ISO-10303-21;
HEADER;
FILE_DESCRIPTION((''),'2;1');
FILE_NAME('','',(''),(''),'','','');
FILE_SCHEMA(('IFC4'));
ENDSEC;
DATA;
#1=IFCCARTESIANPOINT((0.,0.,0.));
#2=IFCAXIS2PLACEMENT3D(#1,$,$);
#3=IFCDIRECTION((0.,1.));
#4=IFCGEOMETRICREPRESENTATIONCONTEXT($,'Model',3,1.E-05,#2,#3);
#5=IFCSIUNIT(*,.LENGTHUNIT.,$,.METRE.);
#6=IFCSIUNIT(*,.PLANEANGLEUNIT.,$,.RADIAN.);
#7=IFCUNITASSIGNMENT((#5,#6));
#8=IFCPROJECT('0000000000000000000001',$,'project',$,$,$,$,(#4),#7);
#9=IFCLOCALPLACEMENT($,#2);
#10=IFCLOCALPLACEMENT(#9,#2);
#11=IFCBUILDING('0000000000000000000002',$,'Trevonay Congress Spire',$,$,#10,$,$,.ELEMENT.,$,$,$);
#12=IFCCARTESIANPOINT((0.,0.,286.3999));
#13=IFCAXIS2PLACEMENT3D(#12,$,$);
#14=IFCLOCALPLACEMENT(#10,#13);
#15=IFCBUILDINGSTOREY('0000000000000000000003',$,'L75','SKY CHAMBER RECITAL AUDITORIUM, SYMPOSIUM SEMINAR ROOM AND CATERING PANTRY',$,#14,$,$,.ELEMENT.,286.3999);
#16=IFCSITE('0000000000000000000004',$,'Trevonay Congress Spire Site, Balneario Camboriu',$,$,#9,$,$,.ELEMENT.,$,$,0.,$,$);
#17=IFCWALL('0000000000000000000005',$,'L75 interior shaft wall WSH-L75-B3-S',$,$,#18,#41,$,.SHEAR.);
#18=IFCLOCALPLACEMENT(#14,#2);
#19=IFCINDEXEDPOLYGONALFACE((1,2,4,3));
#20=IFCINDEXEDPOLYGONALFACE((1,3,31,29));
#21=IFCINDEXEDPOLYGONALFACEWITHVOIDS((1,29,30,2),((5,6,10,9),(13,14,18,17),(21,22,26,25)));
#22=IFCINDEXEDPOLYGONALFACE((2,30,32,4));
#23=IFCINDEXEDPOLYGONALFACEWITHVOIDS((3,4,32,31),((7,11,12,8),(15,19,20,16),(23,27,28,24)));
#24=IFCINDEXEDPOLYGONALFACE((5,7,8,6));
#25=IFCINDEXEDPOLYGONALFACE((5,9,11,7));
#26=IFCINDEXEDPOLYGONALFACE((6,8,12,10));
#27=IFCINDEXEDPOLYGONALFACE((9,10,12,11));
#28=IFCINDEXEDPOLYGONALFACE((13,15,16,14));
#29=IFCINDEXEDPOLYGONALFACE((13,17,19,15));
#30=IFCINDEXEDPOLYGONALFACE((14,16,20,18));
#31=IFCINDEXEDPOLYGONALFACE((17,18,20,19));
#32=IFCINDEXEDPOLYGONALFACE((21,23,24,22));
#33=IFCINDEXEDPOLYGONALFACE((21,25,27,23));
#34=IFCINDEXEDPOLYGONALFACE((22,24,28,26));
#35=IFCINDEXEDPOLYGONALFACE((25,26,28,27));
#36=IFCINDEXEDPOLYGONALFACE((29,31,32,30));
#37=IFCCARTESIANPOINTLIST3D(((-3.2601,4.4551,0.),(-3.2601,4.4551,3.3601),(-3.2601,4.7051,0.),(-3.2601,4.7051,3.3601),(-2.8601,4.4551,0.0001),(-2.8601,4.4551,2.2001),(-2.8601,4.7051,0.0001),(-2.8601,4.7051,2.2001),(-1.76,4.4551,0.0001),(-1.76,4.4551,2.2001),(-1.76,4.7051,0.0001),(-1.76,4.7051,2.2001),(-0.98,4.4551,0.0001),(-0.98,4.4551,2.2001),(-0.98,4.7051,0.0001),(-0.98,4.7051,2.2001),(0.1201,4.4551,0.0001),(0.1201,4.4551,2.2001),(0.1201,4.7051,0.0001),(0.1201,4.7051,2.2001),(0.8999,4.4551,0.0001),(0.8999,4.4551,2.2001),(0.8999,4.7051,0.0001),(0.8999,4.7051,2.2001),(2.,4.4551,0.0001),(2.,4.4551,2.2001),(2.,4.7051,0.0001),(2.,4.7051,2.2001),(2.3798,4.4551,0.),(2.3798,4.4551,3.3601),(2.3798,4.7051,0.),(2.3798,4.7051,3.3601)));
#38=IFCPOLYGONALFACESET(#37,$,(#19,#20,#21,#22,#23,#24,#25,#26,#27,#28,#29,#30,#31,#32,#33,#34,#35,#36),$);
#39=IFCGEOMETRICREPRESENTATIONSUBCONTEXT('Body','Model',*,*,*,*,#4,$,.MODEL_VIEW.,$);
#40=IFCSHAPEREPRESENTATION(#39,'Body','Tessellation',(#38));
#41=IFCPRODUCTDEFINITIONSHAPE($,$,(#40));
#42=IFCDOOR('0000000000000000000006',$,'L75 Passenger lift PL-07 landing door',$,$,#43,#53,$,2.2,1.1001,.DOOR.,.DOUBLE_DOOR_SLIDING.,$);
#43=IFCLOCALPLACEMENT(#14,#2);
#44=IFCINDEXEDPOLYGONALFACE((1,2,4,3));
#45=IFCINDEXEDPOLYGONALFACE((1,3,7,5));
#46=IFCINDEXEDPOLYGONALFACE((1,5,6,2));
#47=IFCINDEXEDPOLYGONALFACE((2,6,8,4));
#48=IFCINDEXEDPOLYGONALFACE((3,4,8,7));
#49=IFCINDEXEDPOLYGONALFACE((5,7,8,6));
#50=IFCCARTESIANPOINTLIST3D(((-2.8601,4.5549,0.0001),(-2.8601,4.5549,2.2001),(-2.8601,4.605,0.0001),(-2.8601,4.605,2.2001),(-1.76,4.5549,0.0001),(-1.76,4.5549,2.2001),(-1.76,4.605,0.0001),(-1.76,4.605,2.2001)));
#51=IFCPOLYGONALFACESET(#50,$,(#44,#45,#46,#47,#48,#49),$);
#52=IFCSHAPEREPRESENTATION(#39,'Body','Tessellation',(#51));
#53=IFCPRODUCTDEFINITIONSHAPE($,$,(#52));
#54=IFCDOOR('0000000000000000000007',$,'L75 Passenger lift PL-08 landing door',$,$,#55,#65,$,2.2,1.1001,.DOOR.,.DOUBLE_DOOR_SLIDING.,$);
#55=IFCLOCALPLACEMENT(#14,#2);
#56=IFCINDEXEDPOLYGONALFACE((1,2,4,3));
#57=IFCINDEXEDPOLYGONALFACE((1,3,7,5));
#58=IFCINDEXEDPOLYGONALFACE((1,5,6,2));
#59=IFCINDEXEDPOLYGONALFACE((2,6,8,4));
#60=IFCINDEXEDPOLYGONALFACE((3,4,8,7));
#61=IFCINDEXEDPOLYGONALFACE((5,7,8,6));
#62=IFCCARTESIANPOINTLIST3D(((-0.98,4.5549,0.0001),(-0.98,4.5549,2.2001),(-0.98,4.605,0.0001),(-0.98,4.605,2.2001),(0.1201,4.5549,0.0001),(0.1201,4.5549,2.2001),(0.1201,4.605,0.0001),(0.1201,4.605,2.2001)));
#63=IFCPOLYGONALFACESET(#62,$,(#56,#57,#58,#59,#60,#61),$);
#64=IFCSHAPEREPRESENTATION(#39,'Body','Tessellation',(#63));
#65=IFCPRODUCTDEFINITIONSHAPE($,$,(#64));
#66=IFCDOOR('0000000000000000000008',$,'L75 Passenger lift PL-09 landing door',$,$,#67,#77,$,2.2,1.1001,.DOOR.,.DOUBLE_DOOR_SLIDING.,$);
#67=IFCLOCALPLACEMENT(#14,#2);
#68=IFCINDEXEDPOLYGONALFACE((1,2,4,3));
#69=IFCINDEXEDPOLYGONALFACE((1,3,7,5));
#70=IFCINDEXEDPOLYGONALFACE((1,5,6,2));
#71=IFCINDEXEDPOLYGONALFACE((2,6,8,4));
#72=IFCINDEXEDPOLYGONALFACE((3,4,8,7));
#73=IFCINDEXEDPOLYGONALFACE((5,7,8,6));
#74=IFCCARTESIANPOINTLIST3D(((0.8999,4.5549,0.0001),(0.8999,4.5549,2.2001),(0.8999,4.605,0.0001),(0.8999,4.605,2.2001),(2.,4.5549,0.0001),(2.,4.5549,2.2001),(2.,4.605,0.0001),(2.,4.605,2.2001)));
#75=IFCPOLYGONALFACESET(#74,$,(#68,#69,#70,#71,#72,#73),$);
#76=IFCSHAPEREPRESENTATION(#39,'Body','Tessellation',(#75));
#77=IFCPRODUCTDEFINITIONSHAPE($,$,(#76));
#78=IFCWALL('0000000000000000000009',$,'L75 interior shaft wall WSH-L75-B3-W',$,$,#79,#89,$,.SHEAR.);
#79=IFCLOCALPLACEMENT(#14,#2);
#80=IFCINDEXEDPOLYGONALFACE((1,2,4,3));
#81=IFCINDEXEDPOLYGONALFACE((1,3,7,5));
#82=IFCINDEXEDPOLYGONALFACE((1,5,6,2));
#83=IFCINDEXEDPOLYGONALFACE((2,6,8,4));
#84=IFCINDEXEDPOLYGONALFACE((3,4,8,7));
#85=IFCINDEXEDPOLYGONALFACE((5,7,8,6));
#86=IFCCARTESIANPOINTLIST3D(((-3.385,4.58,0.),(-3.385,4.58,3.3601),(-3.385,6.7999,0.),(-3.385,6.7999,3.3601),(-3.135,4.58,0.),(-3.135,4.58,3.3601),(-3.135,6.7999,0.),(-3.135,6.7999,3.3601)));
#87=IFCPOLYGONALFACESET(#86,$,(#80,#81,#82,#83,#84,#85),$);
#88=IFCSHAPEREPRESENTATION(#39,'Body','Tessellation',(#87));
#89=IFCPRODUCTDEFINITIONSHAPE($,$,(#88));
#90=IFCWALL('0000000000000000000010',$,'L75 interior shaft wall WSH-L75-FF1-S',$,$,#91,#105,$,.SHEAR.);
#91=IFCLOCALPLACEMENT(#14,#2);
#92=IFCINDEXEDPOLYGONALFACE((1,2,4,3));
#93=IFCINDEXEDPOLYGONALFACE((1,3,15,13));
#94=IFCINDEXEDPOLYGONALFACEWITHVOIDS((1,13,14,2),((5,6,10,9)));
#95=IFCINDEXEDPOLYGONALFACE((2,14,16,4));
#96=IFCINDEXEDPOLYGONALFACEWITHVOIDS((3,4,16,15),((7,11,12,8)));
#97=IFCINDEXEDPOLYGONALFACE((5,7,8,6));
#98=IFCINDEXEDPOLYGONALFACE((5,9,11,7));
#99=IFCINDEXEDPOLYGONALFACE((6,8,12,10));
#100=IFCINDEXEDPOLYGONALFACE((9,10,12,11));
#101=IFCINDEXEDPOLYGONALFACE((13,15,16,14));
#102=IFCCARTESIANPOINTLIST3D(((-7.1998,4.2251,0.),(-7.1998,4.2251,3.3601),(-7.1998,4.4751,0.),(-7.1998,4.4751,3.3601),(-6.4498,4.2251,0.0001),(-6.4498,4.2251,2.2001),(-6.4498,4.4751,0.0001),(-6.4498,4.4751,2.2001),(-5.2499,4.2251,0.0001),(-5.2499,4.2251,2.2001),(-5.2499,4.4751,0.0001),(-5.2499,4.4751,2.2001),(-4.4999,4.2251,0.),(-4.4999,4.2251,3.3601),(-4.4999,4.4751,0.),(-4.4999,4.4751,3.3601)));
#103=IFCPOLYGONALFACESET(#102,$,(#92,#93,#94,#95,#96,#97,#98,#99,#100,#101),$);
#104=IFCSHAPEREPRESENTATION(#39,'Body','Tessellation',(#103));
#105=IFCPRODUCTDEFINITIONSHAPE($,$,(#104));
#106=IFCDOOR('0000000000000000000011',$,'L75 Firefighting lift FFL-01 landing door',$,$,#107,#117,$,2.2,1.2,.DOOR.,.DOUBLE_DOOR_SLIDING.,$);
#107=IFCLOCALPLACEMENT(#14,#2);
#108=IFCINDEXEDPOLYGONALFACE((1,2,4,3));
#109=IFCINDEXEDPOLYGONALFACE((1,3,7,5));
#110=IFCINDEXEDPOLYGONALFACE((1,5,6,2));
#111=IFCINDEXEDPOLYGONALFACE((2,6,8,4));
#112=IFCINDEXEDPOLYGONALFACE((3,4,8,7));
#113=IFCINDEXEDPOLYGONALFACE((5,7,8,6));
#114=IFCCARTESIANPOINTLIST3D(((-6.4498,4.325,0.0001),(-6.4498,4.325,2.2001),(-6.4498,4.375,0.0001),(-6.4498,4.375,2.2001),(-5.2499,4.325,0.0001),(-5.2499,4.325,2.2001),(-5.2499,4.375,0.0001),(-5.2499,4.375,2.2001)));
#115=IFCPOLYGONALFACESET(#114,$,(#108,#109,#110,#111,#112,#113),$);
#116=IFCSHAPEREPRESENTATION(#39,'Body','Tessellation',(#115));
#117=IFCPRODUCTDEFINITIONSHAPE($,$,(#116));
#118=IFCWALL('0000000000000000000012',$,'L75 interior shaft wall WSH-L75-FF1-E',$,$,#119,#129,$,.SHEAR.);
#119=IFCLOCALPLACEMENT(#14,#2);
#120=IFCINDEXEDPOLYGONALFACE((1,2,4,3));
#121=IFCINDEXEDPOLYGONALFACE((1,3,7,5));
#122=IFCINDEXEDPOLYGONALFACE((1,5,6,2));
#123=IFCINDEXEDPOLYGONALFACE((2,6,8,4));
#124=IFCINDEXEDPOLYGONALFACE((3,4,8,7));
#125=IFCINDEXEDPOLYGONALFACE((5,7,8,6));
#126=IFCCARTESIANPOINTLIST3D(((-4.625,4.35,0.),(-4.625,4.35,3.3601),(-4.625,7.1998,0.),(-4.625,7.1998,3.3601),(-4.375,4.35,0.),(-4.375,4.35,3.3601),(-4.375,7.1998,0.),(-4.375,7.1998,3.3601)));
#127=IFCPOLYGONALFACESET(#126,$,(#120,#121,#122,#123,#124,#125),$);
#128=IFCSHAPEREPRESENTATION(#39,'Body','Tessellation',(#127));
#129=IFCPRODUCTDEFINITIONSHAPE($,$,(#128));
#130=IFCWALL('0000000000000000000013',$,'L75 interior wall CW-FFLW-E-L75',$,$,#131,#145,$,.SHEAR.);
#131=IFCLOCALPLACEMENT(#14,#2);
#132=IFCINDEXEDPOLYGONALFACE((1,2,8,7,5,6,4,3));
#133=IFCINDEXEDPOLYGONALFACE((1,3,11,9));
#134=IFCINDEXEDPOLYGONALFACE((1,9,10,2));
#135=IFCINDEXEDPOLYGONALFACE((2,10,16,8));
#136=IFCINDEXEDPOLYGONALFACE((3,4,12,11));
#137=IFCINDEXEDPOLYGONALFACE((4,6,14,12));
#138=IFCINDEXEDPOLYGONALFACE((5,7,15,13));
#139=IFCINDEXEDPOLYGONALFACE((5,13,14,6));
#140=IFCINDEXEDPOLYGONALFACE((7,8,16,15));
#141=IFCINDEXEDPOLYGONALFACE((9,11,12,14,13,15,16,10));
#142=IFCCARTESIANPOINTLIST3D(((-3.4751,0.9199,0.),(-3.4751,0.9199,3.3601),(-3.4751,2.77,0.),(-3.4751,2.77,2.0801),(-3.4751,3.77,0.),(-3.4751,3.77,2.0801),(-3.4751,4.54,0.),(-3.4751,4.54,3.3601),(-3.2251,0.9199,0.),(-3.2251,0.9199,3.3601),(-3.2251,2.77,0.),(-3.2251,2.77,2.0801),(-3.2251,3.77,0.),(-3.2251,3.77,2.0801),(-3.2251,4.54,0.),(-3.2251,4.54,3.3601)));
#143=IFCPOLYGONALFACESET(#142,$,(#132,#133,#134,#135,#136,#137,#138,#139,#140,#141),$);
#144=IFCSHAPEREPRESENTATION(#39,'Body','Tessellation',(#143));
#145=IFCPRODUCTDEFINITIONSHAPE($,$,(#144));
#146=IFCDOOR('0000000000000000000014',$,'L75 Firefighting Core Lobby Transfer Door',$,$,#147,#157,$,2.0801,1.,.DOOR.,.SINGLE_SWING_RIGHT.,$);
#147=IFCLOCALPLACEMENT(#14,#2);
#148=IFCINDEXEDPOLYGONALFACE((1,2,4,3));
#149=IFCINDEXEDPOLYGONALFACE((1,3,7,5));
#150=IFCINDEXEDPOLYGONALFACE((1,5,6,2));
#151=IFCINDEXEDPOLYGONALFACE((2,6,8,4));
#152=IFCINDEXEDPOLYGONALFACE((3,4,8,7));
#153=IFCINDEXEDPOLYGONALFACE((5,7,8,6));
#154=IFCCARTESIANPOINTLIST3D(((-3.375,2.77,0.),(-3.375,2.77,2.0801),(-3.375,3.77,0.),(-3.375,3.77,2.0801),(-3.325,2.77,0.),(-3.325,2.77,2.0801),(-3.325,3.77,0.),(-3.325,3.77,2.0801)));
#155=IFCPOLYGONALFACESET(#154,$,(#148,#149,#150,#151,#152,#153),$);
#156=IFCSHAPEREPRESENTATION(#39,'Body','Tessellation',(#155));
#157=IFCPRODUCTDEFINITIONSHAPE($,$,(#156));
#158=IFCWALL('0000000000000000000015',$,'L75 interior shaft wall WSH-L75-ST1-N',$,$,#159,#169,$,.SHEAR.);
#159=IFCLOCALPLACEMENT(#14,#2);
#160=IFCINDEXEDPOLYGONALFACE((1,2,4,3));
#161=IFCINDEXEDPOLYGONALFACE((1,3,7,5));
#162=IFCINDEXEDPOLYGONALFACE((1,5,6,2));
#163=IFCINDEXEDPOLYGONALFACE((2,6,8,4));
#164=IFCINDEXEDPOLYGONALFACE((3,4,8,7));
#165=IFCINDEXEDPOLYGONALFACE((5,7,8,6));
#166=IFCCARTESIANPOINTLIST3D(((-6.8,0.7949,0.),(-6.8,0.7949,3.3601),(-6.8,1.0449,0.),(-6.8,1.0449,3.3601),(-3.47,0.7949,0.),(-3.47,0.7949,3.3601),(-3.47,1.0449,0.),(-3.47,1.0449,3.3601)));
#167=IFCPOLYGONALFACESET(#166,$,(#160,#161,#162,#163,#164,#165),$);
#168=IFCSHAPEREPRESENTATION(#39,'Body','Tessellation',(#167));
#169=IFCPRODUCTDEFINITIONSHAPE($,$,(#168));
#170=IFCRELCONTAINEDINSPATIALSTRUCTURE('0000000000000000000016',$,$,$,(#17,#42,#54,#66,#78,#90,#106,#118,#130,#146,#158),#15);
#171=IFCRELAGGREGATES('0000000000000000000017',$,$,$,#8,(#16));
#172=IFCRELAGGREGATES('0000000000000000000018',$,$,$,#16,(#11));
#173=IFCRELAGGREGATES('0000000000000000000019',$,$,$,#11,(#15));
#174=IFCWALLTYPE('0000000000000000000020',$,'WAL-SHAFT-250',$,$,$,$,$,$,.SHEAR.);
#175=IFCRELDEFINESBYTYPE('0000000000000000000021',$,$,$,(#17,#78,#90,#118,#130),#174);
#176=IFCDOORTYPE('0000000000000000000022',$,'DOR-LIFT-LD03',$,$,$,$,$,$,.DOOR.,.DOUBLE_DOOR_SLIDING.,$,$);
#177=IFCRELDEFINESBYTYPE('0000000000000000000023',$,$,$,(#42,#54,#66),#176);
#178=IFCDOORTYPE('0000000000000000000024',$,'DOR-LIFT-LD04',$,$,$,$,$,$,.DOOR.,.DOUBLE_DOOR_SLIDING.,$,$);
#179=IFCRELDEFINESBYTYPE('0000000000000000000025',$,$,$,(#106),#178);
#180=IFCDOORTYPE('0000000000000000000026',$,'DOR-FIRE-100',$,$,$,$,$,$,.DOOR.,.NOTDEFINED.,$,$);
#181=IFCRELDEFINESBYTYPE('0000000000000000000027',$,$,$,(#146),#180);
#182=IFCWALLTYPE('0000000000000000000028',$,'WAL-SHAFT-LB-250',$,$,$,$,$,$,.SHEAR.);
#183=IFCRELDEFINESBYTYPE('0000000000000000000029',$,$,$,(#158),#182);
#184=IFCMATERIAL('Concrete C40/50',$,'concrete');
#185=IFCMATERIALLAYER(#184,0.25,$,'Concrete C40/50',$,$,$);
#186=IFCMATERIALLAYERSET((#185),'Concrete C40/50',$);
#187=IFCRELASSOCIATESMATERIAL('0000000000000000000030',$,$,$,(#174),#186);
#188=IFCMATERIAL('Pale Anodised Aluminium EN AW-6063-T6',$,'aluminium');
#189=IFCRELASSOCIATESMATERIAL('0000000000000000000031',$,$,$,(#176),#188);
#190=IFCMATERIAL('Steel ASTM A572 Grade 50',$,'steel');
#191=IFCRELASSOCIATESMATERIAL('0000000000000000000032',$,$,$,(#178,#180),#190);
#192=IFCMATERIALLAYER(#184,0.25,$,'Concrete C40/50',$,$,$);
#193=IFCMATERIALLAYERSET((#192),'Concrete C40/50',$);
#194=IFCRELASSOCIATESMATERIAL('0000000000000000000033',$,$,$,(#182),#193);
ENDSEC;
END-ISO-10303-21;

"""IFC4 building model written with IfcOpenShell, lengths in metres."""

from ifc_helpers import new_model, si_unit, direction, frame, frame_2d, origin, place, context, subcontext, project, spatial, rectangle, extrude, material, layer, layer_set, type_object, element, fill, save


model = new_model("IFC4")

# Units and contexts
model_context = context("Model", 3, precision=1e-05, world=origin(), true_north=direction((0.0, 1.0)))
body_context = subcontext(model_context, "Body", "Model", "MODEL_VIEW")
ifc_project = project(units=[si_unit("LENGTHUNIT", "METRE"), si_unit("PLANEANGLEUNIT", "RADIAN")], contexts=[model_context])

# Site, building, storey
site_placement = place(None, origin())
site = spatial("IfcSite", under=ifc_project, at=site_placement, Name="Trevonay Congress Spire Site, Balneario Camboriu", CompositionType="ELEMENT", RefElevation=0.0)
building_placement = place(site_placement, origin())
building = spatial("IfcBuilding", under=site, at=building_placement, Name="Trevonay Congress Spire", CompositionType="ELEMENT")
storey_placement = place(building_placement, frame((0.0, 0.0, 286.3999)))
storey = spatial("IfcBuildingStorey", under=building, at=storey_placement, Name="L75", Description="SKY CHAMBER RECITAL AUDITORIUM, SYMPOSIUM SEMINAR ROOM AND CATERING PANTRY", CompositionType="ELEMENT", Elevation=286.3999)

# Shared definitions
ifc_material_1 = material(Name="Steel ASTM A572 Grade 50", Category="steel")

# Shared definitions
ifc_material_2 = material(Name="Concrete C40/50", Category="concrete")

# Wall, openings, doors
ifc_layer_1 = layer(ifc_material_2, 0.25, Name="Concrete C40/50")
ifc_layer_set_1 = layer_set([ifc_layer_1], Name="Concrete C40/50")
wall_type_1 = type_object("IfcWallType", Name="WAL-SHAFT-250", PredefinedType="SHEAR", material=ifc_layer_set_1)
wall_1_placement = place(storey_placement, frame((-3.26, 4.5801, 0.0), z_axis=(0.0, 0.0, 1.0), x_axis=(1.0, 0.0, 0.0)))
wall_1 = element("IfcWall", 1, at=wall_1_placement, inside=storey, type_object=wall_type_1, Name="L75 interior shaft wall WSH-L75-B3-S", PredefinedType="SHEAR", context=body_context, shape_type="SweptSolid", body=[
    extrude(rectangle(XDim=5.6399, YDim=0.25, at=frame_2d((2.8198, 0.0))), origin(), (0.0, 0.0, 1.0), 3.3601),
])
opening_1_placement = place(wall_1_placement, frame((0.3999, 0.0, 0.0)))
opening_1 = element("IfcOpeningElement", 2, at=opening_1_placement, cuts=wall_1, PredefinedType="OPENING", context=body_context, shape_type="SweptSolid", body=[
    extrude(rectangle(XDim=1.1001, YDim=2.2, at=frame_2d((0.55, 1.1001))), frame((0.0, 0.135, 0.0), z_axis=(0.0, -1.0, 0.0), x_axis=(1.0, 0.0, 0.0)), (0.0, 0.0, 1.0), 0.27),
])
opening_2_placement = place(wall_1_placement, frame((2.28, 0.0, 0.0)))
opening_2 = element("IfcOpeningElement", 3, at=opening_2_placement, cuts=wall_1, PredefinedType="OPENING", context=body_context, shape_type="SweptSolid", body=[
    extrude(rectangle(XDim=1.1001, YDim=2.2, at=frame_2d((0.55, 1.1001))), frame((0.0, 0.135, 0.0), z_axis=(0.0, -1.0, 0.0), x_axis=(1.0, 0.0, 0.0)), (0.0, 0.0, 1.0), 0.27),
])
opening_3_placement = place(wall_1_placement, frame((4.1599, 0.0, 0.0)))
opening_3 = element("IfcOpeningElement", 4, at=opening_3_placement, cuts=wall_1, PredefinedType="OPENING", context=body_context, shape_type="SweptSolid", body=[
    extrude(rectangle(XDim=1.1001, YDim=2.2, at=frame_2d((0.55, 1.1001))), frame((0.0, 0.135, 0.0), z_axis=(0.0, -1.0, 0.0), x_axis=(1.0, 0.0, 0.0)), (0.0, 0.0, 1.0), 0.27),
])
ifc_material_3 = material(Name="Pale Anodised Aluminium EN AW-6063-T6", Category="aluminium")
door_type_1 = type_object("IfcDoorType", Name="DOR-LIFT-LD03", OperationType="DOUBLE_DOOR_SLIDING", PredefinedType="DOOR", material=ifc_material_3)
door_1_placement = place(opening_1_placement, origin())
door_1 = element("IfcDoor", 5, at=door_1_placement, inside=storey, type_object=door_type_1, Name="L75 Passenger lift PL-07 landing door", OperationType="DOUBLE_DOOR_SLIDING", OverallHeight=2.2, OverallWidth=1.1001, PredefinedType="DOOR", context=body_context, shape_type="SweptSolid", body=[
    extrude(rectangle(XDim=1.1001, YDim=2.2, at=frame_2d((0.55, 1.1001))), frame((0.0, 0.0249, 0.0), z_axis=(0.0, -1.0, 0.0), x_axis=(1.0, 0.0, 0.0)), (0.0, 0.0, 1.0), 0.05),
])
fill(opening_1, door_1)
door_2_placement = place(opening_2_placement, origin())
door_2 = element("IfcDoor", 6, at=door_2_placement, inside=storey, type_object=door_type_1, Name="L75 Passenger lift PL-08 landing door", OperationType="DOUBLE_DOOR_SLIDING", OverallHeight=2.2, OverallWidth=1.1001, PredefinedType="DOOR", context=body_context, shape_type="SweptSolid", body=[
    extrude(rectangle(XDim=1.1001, YDim=2.2, at=frame_2d((0.55, 1.1001))), frame((0.0, 0.0249, 0.0), z_axis=(0.0, -1.0, 0.0), x_axis=(1.0, 0.0, 0.0)), (0.0, 0.0, 1.0), 0.05),
])
fill(opening_2, door_2)
door_3_placement = place(opening_3_placement, origin())
door_3 = element("IfcDoor", 7, at=door_3_placement, inside=storey, type_object=door_type_1, Name="L75 Passenger lift PL-09 landing door", OperationType="DOUBLE_DOOR_SLIDING", OverallHeight=2.2, OverallWidth=1.1001, PredefinedType="DOOR", context=body_context, shape_type="SweptSolid", body=[
    extrude(rectangle(XDim=1.1001, YDim=2.2, at=frame_2d((0.55, 1.1001))), frame((0.0, 0.0249, 0.0), z_axis=(0.0, -1.0, 0.0), x_axis=(1.0, 0.0, 0.0)), (0.0, 0.0, 1.0), 0.05),
])
fill(opening_3, door_3)

# Wall
wall_2_placement = place(storey_placement, frame((-3.26, 4.5801, 0.0), z_axis=(0.0, 0.0, 1.0), x_axis=(0.0, 1.0, 0.0)))
element("IfcWall", 8, at=wall_2_placement, inside=storey, type_object=wall_type_1, Name="L75 interior shaft wall WSH-L75-B3-W", PredefinedType="SHEAR", context=body_context, shape_type="SweptSolid", body=[
    extrude(rectangle(XDim=2.22, YDim=0.25, at=frame_2d((1.1099, 0.0))), origin(), (0.0, 0.0, 1.0), 3.3601),
])

# Wall, opening, door
wall_3_placement = place(storey_placement, frame((-7.2, 4.3501, 0.0), z_axis=(0.0, 0.0, 1.0), x_axis=(1.0, 0.0, 0.0)))
wall_3 = element("IfcWall", 9, at=wall_3_placement, inside=storey, type_object=wall_type_1, Name="L75 interior shaft wall WSH-L75-FF1-S", PredefinedType="SHEAR", context=body_context, shape_type="SweptSolid", body=[
    extrude(rectangle(XDim=2.7, YDim=0.25, at=frame_2d((1.3501, 0.0))), origin(), (0.0, 0.0, 1.0), 3.3601),
])
opening_4_placement = place(wall_3_placement, frame((0.75, 0.0, 0.0)))
opening_4 = element("IfcOpeningElement", 10, at=opening_4_placement, cuts=wall_3, PredefinedType="OPENING", context=body_context, shape_type="SweptSolid", body=[
    extrude(rectangle(XDim=1.2, YDim=2.2, at=frame_2d((0.6001, 1.1001))), frame((0.0, 0.135, 0.0), z_axis=(0.0, -1.0, 0.0), x_axis=(1.0, 0.0, 0.0)), (0.0, 0.0, 1.0), 0.27),
])
door_type_2 = type_object("IfcDoorType", Name="DOR-LIFT-LD04", OperationType="DOUBLE_DOOR_SLIDING", PredefinedType="DOOR", material=ifc_material_1)
door_4_placement = place(opening_4_placement, origin())
door_4 = element("IfcDoor", 11, at=door_4_placement, inside=storey, type_object=door_type_2, Name="L75 Firefighting lift FFL-01 landing door", OperationType="DOUBLE_DOOR_SLIDING", OverallHeight=2.2, OverallWidth=1.2, PredefinedType="DOOR", context=body_context, shape_type="SweptSolid", body=[
    extrude(rectangle(XDim=1.2, YDim=2.2, at=frame_2d((0.6001, 1.1001))), frame((0.0, 0.0249, 0.0), z_axis=(0.0, -1.0, 0.0), x_axis=(1.0, 0.0, 0.0)), (0.0, 0.0, 1.0), 0.05),
])
fill(opening_4, door_4)

# Wall
wall_4_placement = place(storey_placement, frame((-4.5, 4.3501, 0.0), z_axis=(0.0, 0.0, 1.0), x_axis=(0.0, 1.0, 0.0)))
element("IfcWall", 12, at=wall_4_placement, inside=storey, type_object=wall_type_1, Name="L75 interior shaft wall WSH-L75-FF1-E", PredefinedType="SHEAR", context=body_context, shape_type="SweptSolid", body=[
    extrude(rectangle(XDim=2.8499, YDim=0.25, at=frame_2d((1.4248, 0.0))), origin(), (0.0, 0.0, 1.0), 3.3601),
])

# Wall, opening, door
wall_5_placement = place(storey_placement, frame((-3.3501, 0.9199, 0.0), z_axis=(0.0, 0.0, 1.0), x_axis=(0.0, 1.0, 0.0)))
wall_5 = element("IfcWall", 13, at=wall_5_placement, inside=storey, type_object=wall_type_1, Name="L75 interior wall CW-FFLW-E-L75", PredefinedType="SHEAR", context=body_context, shape_type="SweptSolid", body=[
    extrude(rectangle(XDim=3.6201, YDim=0.25, at=frame_2d((1.8101, 0.0))), origin(), (0.0, 0.0, 1.0), 3.3601),
])
opening_5_placement = place(wall_5_placement, frame((1.8501, 0.0, 0.0)))
opening_5 = element("IfcOpeningElement", 14, at=opening_5_placement, cuts=wall_5, PredefinedType="OPENING", context=body_context, shape_type="SweptSolid", body=[
    extrude(rectangle(XDim=1.0, YDim=2.0801, at=frame_2d((0.5, 1.04))), frame((0.0, 0.135, 0.0), z_axis=(0.0, -1.0, 0.0), x_axis=(1.0, 0.0, 0.0)), (0.0, 0.0, 1.0), 0.27),
])
door_type_3 = type_object("IfcDoorType", Name="DOR-FIRE-100", OperationType="NOTDEFINED", PredefinedType="DOOR", material=ifc_material_1)
door_5_placement = place(opening_5_placement, origin())
door_5 = element("IfcDoor", 15, at=door_5_placement, inside=storey, type_object=door_type_3, Name="L75 Firefighting Core Lobby Transfer Door", OperationType="SINGLE_SWING_RIGHT", OverallHeight=2.0801, OverallWidth=1.0, PredefinedType="DOOR", context=body_context, shape_type="SweptSolid", body=[
    extrude(rectangle(XDim=1.0, YDim=2.0801, at=frame_2d((0.5, 1.04))), frame((0.0, 0.0249, 0.0), z_axis=(0.0, -1.0, 0.0), x_axis=(1.0, 0.0, 0.0)), (0.0, 0.0, 1.0), 0.05),
])
fill(opening_5, door_5)

# Wall
ifc_layer_2 = layer(ifc_material_2, 0.25, Name="Concrete C40/50")
ifc_layer_set_2 = layer_set([ifc_layer_2], Name="Concrete C40/50")
wall_type_2 = type_object("IfcWallType", Name="WAL-SHAFT-LB-250", PredefinedType="SHEAR", material=ifc_layer_set_2)
wall_6_placement = place(storey_placement, frame((-6.8, 0.9199, 0.0), z_axis=(0.0, 0.0, 1.0), x_axis=(1.0, 0.0, 0.0)))
element("IfcWall", 16, at=wall_6_placement, inside=storey, type_object=wall_type_2, Name="L75 interior shaft wall WSH-L75-ST1-N", PredefinedType="SHEAR", context=body_context, shape_type="SweptSolid", body=[
    extrude(rectangle(XDim=3.3301, YDim=0.25, at=frame_2d((1.665, 0.0))), origin(), (0.0, 0.0, 1.0), 3.3601),
])

save(model, "model.ifc")
